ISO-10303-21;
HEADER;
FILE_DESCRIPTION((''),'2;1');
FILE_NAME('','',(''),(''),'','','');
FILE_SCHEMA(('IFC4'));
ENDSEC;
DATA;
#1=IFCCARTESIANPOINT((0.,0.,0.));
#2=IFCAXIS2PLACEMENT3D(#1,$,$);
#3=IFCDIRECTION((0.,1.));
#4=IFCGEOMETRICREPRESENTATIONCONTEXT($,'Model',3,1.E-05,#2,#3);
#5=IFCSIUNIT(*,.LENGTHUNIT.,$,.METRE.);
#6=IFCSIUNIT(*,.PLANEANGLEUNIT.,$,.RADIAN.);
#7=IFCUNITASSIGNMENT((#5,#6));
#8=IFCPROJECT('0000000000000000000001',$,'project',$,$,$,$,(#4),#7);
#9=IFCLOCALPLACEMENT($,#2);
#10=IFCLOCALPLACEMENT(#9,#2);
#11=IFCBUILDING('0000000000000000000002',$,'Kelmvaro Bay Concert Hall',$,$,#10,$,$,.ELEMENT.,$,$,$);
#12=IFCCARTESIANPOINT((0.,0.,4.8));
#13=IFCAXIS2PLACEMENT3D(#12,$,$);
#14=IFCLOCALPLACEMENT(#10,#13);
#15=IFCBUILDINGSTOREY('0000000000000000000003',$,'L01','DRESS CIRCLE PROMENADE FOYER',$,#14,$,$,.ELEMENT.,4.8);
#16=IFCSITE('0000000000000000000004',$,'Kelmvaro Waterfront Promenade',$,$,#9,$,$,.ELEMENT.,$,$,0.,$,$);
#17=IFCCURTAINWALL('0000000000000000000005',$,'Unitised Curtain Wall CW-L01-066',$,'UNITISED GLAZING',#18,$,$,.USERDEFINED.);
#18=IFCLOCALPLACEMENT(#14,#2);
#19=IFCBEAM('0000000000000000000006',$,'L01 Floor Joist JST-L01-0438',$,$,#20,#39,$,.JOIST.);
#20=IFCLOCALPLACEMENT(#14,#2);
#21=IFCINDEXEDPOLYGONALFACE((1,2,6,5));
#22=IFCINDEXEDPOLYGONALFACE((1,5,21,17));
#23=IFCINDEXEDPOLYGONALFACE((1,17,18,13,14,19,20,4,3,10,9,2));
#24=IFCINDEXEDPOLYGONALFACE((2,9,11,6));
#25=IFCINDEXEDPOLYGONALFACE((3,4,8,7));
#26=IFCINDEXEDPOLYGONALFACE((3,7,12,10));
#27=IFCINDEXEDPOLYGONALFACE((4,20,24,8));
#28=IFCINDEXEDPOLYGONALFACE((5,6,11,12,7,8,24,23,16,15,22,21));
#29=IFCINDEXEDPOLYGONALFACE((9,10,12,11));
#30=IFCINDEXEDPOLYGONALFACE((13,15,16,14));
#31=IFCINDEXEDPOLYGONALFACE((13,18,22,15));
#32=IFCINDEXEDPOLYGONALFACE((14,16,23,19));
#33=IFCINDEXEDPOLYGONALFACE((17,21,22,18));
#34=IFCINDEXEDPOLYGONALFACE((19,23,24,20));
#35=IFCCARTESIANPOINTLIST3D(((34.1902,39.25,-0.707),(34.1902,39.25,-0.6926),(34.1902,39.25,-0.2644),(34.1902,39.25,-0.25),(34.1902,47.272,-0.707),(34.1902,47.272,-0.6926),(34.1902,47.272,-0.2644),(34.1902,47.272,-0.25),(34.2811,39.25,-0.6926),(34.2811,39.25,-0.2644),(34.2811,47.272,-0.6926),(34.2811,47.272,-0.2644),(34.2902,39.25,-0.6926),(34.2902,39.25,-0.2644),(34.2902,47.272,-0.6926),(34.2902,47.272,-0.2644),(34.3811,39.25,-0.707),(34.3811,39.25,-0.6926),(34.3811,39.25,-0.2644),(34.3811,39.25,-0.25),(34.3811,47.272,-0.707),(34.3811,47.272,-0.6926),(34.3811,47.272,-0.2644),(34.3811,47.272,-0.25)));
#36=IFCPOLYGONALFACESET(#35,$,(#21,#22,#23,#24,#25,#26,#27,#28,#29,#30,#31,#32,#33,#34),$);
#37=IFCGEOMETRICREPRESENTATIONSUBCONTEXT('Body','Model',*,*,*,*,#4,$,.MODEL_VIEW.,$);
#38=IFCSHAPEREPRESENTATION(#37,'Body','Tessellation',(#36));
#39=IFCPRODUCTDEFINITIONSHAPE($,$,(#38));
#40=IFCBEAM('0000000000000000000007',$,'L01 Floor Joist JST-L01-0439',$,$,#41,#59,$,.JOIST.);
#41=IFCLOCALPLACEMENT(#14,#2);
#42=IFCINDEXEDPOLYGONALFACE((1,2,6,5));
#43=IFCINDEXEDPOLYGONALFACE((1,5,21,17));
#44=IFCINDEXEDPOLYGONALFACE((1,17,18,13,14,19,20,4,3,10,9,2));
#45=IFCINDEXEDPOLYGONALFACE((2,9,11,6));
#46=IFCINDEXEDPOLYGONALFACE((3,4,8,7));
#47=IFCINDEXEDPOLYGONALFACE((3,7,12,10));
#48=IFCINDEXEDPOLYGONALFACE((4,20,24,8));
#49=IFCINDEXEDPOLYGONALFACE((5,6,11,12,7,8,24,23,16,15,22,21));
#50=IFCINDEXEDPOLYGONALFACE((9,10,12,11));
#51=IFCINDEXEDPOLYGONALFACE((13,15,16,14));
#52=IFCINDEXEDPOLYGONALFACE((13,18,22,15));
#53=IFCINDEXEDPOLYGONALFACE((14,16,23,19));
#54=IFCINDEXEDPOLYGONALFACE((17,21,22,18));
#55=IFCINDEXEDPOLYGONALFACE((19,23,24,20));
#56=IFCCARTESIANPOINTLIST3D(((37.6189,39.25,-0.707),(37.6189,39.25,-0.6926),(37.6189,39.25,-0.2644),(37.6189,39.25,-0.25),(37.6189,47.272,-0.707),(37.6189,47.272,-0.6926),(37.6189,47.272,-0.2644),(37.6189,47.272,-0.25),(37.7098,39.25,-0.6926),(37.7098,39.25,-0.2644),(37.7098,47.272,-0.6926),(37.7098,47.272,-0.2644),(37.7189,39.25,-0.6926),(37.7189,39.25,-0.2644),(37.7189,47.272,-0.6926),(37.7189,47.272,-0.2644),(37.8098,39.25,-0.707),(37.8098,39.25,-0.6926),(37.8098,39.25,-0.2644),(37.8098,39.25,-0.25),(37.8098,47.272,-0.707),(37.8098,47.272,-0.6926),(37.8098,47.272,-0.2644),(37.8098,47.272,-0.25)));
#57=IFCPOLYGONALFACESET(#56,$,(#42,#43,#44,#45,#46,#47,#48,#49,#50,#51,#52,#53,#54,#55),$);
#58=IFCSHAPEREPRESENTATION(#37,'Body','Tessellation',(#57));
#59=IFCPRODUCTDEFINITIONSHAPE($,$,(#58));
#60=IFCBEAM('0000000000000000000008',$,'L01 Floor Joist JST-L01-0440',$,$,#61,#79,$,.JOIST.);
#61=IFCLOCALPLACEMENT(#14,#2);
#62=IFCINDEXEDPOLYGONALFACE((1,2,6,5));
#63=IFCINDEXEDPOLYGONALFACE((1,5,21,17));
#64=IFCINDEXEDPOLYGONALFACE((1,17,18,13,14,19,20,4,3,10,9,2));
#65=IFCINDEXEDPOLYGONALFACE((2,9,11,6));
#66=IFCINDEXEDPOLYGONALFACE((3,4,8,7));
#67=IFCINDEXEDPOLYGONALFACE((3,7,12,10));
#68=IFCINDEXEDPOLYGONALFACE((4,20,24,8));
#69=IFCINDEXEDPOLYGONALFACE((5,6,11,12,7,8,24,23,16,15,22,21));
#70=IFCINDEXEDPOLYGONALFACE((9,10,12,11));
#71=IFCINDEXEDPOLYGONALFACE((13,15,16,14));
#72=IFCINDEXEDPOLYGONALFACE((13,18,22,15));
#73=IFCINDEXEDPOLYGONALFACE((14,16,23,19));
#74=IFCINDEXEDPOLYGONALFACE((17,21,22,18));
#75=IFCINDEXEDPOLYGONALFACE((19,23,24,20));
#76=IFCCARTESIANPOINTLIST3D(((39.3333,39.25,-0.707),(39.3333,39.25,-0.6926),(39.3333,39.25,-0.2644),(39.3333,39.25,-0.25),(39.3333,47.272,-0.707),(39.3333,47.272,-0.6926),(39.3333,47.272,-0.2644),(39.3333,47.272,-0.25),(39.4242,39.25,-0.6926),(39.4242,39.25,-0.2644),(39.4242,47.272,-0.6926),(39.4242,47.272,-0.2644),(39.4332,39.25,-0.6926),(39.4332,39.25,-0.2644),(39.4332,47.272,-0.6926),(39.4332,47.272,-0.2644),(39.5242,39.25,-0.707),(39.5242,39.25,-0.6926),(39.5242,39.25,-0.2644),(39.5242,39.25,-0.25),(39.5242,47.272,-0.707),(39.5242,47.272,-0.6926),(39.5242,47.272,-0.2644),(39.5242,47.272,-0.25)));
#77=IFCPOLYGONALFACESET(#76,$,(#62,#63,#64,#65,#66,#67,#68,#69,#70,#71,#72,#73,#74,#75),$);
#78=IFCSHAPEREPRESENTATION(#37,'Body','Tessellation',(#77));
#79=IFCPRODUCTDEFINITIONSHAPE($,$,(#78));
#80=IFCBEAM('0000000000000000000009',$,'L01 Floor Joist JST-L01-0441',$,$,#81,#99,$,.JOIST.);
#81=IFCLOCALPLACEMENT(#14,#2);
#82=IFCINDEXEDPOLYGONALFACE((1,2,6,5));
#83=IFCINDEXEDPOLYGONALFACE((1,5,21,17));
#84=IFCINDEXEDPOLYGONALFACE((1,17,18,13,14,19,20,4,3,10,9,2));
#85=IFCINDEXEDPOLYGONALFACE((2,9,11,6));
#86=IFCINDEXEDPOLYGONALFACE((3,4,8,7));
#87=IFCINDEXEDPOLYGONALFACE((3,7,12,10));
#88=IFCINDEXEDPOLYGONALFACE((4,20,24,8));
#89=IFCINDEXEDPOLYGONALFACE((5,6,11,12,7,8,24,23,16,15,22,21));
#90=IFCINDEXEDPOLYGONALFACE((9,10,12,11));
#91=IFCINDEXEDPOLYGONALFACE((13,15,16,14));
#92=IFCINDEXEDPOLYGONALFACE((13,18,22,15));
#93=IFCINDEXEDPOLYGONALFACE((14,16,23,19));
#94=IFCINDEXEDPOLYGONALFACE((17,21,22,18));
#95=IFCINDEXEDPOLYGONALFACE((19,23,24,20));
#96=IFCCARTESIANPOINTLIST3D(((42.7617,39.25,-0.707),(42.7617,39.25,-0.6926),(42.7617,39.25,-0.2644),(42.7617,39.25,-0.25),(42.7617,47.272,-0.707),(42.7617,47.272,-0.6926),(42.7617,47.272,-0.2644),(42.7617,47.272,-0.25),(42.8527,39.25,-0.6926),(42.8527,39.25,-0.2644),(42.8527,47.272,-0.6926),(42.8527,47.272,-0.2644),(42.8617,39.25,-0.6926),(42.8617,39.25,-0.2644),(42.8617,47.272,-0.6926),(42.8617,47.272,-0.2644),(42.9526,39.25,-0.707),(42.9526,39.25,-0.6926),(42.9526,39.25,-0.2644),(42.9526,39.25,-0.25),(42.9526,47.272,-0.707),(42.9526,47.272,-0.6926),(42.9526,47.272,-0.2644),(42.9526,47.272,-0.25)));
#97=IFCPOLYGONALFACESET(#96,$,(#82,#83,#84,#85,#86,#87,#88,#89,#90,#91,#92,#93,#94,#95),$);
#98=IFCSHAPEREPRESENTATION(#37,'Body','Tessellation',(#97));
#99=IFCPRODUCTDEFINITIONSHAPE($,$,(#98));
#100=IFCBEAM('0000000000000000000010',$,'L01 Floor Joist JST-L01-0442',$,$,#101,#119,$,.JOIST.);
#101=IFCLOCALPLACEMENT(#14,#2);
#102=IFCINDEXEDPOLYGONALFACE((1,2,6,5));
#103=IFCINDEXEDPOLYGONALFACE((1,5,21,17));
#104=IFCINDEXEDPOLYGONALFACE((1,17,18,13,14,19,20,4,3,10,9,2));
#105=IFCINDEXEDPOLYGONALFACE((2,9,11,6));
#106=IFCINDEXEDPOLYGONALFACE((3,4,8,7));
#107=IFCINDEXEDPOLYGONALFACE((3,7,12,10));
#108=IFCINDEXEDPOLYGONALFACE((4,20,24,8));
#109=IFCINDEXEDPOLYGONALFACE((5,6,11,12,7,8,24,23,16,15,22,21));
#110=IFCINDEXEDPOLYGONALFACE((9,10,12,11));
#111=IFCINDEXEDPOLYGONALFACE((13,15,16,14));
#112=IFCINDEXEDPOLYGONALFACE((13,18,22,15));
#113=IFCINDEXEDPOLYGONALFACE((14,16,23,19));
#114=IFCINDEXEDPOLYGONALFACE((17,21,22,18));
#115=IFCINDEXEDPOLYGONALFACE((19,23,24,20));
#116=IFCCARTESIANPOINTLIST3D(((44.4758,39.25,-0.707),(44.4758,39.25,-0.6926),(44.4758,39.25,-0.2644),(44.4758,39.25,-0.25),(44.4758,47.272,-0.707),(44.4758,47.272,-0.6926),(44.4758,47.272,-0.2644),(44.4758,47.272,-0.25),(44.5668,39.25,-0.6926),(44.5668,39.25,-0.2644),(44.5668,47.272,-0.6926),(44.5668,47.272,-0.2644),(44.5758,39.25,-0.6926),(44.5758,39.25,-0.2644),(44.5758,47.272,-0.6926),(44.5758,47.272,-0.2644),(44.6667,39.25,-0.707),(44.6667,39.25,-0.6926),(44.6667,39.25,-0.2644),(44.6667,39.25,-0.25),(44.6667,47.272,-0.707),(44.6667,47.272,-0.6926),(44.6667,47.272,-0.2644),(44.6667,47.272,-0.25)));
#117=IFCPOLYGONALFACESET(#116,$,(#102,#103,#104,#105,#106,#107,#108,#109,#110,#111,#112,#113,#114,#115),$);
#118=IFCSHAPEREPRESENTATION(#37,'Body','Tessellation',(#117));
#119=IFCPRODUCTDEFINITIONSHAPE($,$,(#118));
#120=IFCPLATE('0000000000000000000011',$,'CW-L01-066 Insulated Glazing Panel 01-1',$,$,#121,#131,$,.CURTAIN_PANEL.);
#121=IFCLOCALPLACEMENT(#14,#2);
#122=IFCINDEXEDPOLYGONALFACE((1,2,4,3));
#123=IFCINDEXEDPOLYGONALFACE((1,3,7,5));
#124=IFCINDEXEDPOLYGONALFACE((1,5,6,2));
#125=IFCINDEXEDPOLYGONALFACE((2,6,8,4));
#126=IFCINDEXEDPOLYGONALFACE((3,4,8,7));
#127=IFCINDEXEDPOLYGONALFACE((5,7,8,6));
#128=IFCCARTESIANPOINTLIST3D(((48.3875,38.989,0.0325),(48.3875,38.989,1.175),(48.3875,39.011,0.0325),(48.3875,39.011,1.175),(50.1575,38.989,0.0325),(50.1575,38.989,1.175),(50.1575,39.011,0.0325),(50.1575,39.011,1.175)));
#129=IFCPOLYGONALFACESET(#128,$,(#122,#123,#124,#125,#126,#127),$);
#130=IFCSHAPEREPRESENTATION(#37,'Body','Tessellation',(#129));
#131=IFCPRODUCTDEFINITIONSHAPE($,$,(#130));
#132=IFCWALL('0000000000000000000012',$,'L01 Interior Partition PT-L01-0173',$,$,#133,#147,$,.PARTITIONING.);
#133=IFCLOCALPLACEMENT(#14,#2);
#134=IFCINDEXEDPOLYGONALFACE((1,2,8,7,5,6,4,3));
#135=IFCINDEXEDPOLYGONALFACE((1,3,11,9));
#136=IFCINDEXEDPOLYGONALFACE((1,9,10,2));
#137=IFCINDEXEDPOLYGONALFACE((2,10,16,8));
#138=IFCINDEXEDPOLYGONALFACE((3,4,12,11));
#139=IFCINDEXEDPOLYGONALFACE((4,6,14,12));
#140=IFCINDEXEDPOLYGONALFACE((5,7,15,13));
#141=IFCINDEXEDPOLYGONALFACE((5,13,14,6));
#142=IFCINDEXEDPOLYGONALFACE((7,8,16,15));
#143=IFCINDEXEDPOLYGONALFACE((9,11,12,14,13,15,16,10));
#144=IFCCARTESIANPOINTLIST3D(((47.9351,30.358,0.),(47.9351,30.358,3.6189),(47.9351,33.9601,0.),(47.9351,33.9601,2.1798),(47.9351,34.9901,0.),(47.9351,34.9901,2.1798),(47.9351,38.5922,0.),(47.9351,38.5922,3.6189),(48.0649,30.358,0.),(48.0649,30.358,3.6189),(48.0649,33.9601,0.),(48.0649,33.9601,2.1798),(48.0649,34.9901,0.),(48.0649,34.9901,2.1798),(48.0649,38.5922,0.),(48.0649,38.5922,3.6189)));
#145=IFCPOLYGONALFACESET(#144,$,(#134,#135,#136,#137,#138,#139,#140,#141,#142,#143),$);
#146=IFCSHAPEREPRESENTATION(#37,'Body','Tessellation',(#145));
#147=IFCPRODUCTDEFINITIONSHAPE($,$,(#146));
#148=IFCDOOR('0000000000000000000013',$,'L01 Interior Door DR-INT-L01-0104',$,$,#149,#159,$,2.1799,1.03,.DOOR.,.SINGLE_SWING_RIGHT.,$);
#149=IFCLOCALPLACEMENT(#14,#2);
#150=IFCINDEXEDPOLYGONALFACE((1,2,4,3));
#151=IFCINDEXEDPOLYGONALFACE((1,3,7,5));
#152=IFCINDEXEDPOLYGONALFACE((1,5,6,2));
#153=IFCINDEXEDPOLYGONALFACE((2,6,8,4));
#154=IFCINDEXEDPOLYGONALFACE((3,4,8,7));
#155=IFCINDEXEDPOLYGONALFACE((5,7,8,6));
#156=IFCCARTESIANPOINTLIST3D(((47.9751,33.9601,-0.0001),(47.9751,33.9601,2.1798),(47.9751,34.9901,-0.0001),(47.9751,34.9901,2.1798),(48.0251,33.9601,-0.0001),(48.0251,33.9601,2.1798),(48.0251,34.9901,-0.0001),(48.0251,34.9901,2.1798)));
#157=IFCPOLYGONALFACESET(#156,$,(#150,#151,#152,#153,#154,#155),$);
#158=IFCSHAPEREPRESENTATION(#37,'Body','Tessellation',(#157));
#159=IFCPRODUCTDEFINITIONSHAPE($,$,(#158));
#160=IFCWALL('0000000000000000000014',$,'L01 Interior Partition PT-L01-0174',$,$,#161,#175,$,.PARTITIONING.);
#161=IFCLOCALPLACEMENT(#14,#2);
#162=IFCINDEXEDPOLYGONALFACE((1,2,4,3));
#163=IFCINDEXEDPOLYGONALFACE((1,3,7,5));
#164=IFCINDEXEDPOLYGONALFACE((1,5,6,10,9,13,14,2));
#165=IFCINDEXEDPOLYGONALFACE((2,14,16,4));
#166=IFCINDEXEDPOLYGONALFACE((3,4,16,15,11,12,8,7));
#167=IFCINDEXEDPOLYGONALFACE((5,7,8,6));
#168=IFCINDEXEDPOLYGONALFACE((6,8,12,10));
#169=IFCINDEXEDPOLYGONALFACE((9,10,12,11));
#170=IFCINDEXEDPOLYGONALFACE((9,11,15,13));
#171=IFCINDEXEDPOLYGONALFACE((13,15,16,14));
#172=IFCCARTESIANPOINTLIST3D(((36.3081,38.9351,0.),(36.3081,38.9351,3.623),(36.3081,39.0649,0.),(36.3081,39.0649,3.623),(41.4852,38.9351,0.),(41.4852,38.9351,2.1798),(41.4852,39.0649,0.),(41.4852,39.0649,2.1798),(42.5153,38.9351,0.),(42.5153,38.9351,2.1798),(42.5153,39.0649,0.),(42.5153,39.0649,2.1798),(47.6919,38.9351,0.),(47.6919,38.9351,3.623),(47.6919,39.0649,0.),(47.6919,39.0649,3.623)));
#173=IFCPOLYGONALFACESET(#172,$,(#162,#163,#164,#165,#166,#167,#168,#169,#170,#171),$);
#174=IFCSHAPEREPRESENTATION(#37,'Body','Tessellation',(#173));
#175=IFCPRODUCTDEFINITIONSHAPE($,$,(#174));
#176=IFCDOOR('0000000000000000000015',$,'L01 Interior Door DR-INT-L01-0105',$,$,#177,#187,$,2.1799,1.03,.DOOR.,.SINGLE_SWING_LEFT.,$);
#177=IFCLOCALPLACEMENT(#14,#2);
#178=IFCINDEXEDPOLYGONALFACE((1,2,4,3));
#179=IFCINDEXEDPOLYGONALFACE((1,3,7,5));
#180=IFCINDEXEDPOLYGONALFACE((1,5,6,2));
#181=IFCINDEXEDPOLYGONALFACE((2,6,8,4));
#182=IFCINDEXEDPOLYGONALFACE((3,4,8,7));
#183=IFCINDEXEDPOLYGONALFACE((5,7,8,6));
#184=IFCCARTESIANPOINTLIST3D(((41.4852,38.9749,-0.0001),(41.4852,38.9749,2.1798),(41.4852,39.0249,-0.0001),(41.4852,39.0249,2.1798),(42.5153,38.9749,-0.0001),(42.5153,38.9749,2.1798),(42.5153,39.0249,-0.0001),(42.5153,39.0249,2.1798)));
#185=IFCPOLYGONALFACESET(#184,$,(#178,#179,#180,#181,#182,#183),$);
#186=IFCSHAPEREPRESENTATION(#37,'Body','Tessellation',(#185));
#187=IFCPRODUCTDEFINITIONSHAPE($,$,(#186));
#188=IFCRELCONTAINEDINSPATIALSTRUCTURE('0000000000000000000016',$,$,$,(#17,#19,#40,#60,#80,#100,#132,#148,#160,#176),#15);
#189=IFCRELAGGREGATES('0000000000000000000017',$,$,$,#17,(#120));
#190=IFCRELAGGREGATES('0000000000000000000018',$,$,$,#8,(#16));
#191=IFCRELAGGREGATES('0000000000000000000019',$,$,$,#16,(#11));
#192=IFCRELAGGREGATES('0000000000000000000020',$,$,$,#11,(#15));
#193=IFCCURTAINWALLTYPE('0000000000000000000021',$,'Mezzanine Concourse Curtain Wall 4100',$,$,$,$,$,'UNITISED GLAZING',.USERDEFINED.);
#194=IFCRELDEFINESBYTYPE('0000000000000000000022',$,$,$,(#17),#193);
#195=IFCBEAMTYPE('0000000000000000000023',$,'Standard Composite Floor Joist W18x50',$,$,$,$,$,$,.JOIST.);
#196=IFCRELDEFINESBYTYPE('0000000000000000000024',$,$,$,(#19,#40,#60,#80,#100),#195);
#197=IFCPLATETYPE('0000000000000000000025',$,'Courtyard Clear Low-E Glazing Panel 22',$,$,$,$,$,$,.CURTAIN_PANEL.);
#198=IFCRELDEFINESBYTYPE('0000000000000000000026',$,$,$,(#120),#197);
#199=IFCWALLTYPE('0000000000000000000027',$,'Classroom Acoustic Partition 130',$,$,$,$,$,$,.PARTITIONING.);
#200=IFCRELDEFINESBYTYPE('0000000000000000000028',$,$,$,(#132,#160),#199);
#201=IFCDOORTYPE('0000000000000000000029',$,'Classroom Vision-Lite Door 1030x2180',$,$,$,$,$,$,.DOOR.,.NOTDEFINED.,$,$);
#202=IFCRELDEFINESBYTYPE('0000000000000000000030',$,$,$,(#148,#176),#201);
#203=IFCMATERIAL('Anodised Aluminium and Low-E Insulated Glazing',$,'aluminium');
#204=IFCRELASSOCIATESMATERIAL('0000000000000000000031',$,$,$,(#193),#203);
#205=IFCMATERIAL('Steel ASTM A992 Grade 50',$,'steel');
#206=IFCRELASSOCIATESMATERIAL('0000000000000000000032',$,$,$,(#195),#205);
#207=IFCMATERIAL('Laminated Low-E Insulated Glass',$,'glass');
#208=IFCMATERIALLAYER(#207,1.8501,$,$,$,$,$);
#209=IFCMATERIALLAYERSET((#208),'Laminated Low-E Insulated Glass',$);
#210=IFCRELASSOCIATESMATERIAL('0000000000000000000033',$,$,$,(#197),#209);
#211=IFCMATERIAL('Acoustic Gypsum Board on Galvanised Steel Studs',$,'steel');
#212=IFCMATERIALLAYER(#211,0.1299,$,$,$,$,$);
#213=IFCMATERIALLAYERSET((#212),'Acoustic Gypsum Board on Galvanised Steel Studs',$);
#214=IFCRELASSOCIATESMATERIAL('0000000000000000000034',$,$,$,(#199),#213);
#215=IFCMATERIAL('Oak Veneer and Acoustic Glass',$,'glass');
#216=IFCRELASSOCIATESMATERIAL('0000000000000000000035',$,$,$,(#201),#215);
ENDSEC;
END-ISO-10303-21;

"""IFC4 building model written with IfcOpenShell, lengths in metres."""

from ifc_helpers import new_model, si_unit, direction, frame, frame_2d, origin, origin_2d, place, context, subcontext, project, spatial, rectangle, i_section, extrude, material, layer, layer_set, material_profile, profile_set, type_object, element, fill, aggregate, save


model = new_model("IFC4")

# Units and contexts
model_context = context("Model", 3, precision=1e-05, world=origin(), true_north=direction((0.0, 1.0)))
body_context = subcontext(model_context, "Body", "Model", "MODEL_VIEW")
ifc_project = project(units=[si_unit("LENGTHUNIT", "METRE"), si_unit("PLANEANGLEUNIT", "RADIAN")], contexts=[model_context])

# Site, building, storey
site_placement = place(None, origin())
site = spatial("IfcSite", under=ifc_project, at=site_placement, Name="Kelmvaro Waterfront Promenade", CompositionType="ELEMENT", RefElevation=0.0)
building_placement = place(site_placement, origin())
building = spatial("IfcBuilding", under=site, at=building_placement, Name="Kelmvaro Bay Concert Hall", CompositionType="ELEMENT")
storey_placement = place(building_placement, frame((0.0, 0.0, 4.8)))
storey = spatial("IfcBuildingStorey", under=building, at=storey_placement, Name="L01", Description="DRESS CIRCLE PROMENADE FOYER", CompositionType="ELEMENT", Elevation=4.8)

# Curtain wall
ifc_material_1 = material(Name="Anodised Aluminium and Low-E Insulated Glazing", Category="aluminium")
curtain_wall_type = type_object("IfcCurtainWallType", Name="Mezzanine Concourse Curtain Wall 4100", ElementType="UNITISED GLAZING", PredefinedType="USERDEFINED", material=ifc_material_1)
curtain_wall_placement = place(storey_placement, origin())
curtain_wall = element("IfcCurtainWall", 1, at=curtain_wall_placement, inside=storey, type_object=curtain_wall_type, Name="Unitised Curtain Wall CW-L01-066", ObjectType="UNITISED GLAZING", PredefinedType="USERDEFINED")

# Beams
ifc_material_2 = material(Name="Steel ASTM A992 Grade 50", Category="steel")
ifc_material_profile_1 = material_profile(ifc_material_2, i_section(OverallWidth=0.1909, OverallDepth=0.457, WebThickness=0.009, FlangeThickness=0.0144, at=origin_2d()), Name="W18X50")
ifc_profile_set_1 = profile_set([ifc_material_profile_1], Name="Steel ASTM A992 Grade 50")
beam_type_1 = type_object("IfcBeamType", Name="Standard Composite Floor Joist W18x50", PredefinedType="JOIST", material=ifc_profile_set_1)
for number, where, z_axis, x_axis, name in (
    (2, (34.2856, 39.25, -0.4785), (0.0, 1.0, 0.0), (-1.0, 0.0, 0.0), "L01 Floor Joist JST-L01-0438"),
    (3, (37.7144, 39.25, -0.4785), (0.0, 1.0, 0.0), (-1.0, 0.0, 0.0), "L01 Floor Joist JST-L01-0439"),
    (4, (39.4287, 39.25, -0.4785), (0.0, 1.0, 0.0), (-1.0, 0.0, 0.0), "L01 Floor Joist JST-L01-0440"),
    (5, (42.8572, 39.25, -0.4785), (0.0, 1.0, 0.0), (-1.0, 0.0, 0.0), "L01 Floor Joist JST-L01-0441"),
    (6, (44.5713, 39.25, -0.4785), (0.0, 1.0, 0.0), (-1.0, 0.0, 0.0), "L01 Floor Joist JST-L01-0442"),
):
    element("IfcBeam", number, at=place(storey_placement, frame(where, z_axis=z_axis, x_axis=x_axis)), inside=storey, type_object=beam_type_1, Name=name, PredefinedType="JOIST", context=body_context, shape_type="SweptSolid", body=[
        extrude(i_section(OverallWidth=0.1909, OverallDepth=0.457, WebThickness=0.009, FlangeThickness=0.0144, at=origin_2d()), origin(), (0.0, 0.0, 1.0), 8.022),
    ])

# Plate
ifc_material_3 = material(Name="Laminated Low-E Insulated Glass", Category="glass")
ifc_layer_1 = layer(ifc_material_3, 1.8501)
ifc_layer_set_1 = layer_set([ifc_layer_1], Name="Laminated Low-E Insulated Glass")
plate_type = type_object("IfcPlateType", Name="Courtyard Clear Low-E Glazing Panel 22", PredefinedType="CURTAIN_PANEL", material=ifc_layer_set_1)
plate_placement = place(storey_placement, frame((49.2725, 39.0, 0.0325), z_axis=(0.0, 0.0, 1.0), x_axis=(1.0, 0.0, 0.0)))
plate = element("IfcPlate", 7, at=plate_placement, type_object=plate_type, Name="CW-L01-066 Insulated Glazing Panel 01-1", PredefinedType="CURTAIN_PANEL", context=body_context, shape_type="SweptSolid", body=[
    extrude(rectangle(XDim=1.77, YDim=0.022, at=origin_2d()), origin(), (0.0, 0.0, 1.0), 1.1426),
])
aggregate(curtain_wall, [plate])

# Walls, openings, doors
ifc_material_4 = material(Name="Acoustic Gypsum Board on Galvanised Steel Studs", Category="steel")
ifc_layer_2 = layer(ifc_material_4, 0.1299)
ifc_layer_set_2 = layer_set([ifc_layer_2], Name="Acoustic Gypsum Board on Galvanised Steel Studs")
wall_type_1 = type_object("IfcWallType", Name="Classroom Acoustic Partition 130", PredefinedType="PARTITIONING", material=ifc_layer_set_2)
wall_1_placement = place(storey_placement, frame((48.0, 30.3579, 0.0), z_axis=(0.0, 0.0, 1.0), x_axis=(0.0, 1.0, 0.0)))
wall_1 = element("IfcWall", 8, at=wall_1_placement, inside=storey, type_object=wall_type_1, Name="L01 Interior Partition PT-L01-0173", PredefinedType="PARTITIONING", context=body_context, shape_type="SweptSolid", body=[
    extrude(rectangle(XDim=8.2341, YDim=0.1299, at=frame_2d((4.1172, 0.0))), origin(), (0.0, 0.0, 1.0), 3.6189),
])
opening_1_placement = place(wall_1_placement, frame((3.6021, 0.0, 0.0)))
opening_1 = element("IfcOpeningElement", 9, at=opening_1_placement, cuts=wall_1, PredefinedType="OPENING", context=body_context, shape_type="SweptSolid", body=[
    extrude(rectangle(XDim=1.03, YDim=2.1799, at=frame_2d((0.5151, 1.0898))), frame((0.0, 0.075, 0.0), z_axis=(0.0, -1.0, 0.0), x_axis=(1.0, 0.0, 0.0)), (0.0, 0.0, 1.0), 0.1499),
])
ifc_material_5 = material(Name="Oak Veneer and Acoustic Glass", Category="glass")
door_type = type_object("IfcDoorType", Name="Classroom Vision-Lite Door 1030x2180", OperationType="NOTDEFINED", PredefinedType="DOOR", material=ifc_material_5)
door_1_placement = place(opening_1_placement, origin())
door_1 = element("IfcDoor", 10, at=door_1_placement, inside=storey, type_object=door_type, Name="L01 Interior Door DR-INT-L01-0104", OperationType="SINGLE_SWING_RIGHT", OverallHeight=2.1799, OverallWidth=1.03, PredefinedType="DOOR", context=body_context, shape_type="SweptSolid", body=[
    extrude(rectangle(XDim=1.03, YDim=2.1799, at=frame_2d((0.5151, 1.0898))), frame((0.0, 0.0249, 0.0), z_axis=(0.0, -1.0, 0.0), x_axis=(1.0, 0.0, 0.0)), (0.0, 0.0, 1.0), 0.05),
])
fill(opening_1, door_1)
wall_2_placement = place(storey_placement, frame((36.3081, 39.0, 0.0), z_axis=(0.0, 0.0, 1.0), x_axis=(1.0, 0.0, 0.0)))
wall_2 = element("IfcWall", 11, at=wall_2_placement, inside=storey, type_object=wall_type_1, Name="L01 Interior Partition PT-L01-0174", PredefinedType="PARTITIONING", context=body_context, shape_type="SweptSolid", body=[
    extrude(rectangle(XDim=11.3838, YDim=0.1299, at=frame_2d((5.6919, 0.0))), origin(), (0.0, 0.0, 1.0), 3.623),
])
opening_2_placement = place(wall_2_placement, frame((5.177, 0.0, 0.0)))
opening_2 = element("IfcOpeningElement", 12, at=opening_2_placement, cuts=wall_2, PredefinedType="OPENING", context=body_context, shape_type="SweptSolid", body=[
    extrude(rectangle(XDim=1.03, YDim=2.1799, at=frame_2d((0.5151, 1.0898))), frame((0.0, 0.075, 0.0), z_axis=(0.0, -1.0, 0.0), x_axis=(1.0, 0.0, 0.0)), (0.0, 0.0, 1.0), 0.1499),
])
door_2_placement = place(opening_2_placement, origin())
door_2 = element("IfcDoor", 13, at=door_2_placement, inside=storey, type_object=door_type, Name="L01 Interior Door DR-INT-L01-0105", OperationType="SINGLE_SWING_LEFT", OverallHeight=2.1799, OverallWidth=1.03, PredefinedType="DOOR", context=body_context, shape_type="SweptSolid", body=[
    extrude(rectangle(XDim=1.03, YDim=2.1799, at=frame_2d((0.5151, 1.0898))), frame((0.0, 0.0249, 0.0), z_axis=(0.0, -1.0, 0.0), x_axis=(1.0, 0.0, 0.0)), (0.0, 0.0, 1.0), 0.05),
])
fill(opening_2, door_2)

save(model, "model.ifc")
